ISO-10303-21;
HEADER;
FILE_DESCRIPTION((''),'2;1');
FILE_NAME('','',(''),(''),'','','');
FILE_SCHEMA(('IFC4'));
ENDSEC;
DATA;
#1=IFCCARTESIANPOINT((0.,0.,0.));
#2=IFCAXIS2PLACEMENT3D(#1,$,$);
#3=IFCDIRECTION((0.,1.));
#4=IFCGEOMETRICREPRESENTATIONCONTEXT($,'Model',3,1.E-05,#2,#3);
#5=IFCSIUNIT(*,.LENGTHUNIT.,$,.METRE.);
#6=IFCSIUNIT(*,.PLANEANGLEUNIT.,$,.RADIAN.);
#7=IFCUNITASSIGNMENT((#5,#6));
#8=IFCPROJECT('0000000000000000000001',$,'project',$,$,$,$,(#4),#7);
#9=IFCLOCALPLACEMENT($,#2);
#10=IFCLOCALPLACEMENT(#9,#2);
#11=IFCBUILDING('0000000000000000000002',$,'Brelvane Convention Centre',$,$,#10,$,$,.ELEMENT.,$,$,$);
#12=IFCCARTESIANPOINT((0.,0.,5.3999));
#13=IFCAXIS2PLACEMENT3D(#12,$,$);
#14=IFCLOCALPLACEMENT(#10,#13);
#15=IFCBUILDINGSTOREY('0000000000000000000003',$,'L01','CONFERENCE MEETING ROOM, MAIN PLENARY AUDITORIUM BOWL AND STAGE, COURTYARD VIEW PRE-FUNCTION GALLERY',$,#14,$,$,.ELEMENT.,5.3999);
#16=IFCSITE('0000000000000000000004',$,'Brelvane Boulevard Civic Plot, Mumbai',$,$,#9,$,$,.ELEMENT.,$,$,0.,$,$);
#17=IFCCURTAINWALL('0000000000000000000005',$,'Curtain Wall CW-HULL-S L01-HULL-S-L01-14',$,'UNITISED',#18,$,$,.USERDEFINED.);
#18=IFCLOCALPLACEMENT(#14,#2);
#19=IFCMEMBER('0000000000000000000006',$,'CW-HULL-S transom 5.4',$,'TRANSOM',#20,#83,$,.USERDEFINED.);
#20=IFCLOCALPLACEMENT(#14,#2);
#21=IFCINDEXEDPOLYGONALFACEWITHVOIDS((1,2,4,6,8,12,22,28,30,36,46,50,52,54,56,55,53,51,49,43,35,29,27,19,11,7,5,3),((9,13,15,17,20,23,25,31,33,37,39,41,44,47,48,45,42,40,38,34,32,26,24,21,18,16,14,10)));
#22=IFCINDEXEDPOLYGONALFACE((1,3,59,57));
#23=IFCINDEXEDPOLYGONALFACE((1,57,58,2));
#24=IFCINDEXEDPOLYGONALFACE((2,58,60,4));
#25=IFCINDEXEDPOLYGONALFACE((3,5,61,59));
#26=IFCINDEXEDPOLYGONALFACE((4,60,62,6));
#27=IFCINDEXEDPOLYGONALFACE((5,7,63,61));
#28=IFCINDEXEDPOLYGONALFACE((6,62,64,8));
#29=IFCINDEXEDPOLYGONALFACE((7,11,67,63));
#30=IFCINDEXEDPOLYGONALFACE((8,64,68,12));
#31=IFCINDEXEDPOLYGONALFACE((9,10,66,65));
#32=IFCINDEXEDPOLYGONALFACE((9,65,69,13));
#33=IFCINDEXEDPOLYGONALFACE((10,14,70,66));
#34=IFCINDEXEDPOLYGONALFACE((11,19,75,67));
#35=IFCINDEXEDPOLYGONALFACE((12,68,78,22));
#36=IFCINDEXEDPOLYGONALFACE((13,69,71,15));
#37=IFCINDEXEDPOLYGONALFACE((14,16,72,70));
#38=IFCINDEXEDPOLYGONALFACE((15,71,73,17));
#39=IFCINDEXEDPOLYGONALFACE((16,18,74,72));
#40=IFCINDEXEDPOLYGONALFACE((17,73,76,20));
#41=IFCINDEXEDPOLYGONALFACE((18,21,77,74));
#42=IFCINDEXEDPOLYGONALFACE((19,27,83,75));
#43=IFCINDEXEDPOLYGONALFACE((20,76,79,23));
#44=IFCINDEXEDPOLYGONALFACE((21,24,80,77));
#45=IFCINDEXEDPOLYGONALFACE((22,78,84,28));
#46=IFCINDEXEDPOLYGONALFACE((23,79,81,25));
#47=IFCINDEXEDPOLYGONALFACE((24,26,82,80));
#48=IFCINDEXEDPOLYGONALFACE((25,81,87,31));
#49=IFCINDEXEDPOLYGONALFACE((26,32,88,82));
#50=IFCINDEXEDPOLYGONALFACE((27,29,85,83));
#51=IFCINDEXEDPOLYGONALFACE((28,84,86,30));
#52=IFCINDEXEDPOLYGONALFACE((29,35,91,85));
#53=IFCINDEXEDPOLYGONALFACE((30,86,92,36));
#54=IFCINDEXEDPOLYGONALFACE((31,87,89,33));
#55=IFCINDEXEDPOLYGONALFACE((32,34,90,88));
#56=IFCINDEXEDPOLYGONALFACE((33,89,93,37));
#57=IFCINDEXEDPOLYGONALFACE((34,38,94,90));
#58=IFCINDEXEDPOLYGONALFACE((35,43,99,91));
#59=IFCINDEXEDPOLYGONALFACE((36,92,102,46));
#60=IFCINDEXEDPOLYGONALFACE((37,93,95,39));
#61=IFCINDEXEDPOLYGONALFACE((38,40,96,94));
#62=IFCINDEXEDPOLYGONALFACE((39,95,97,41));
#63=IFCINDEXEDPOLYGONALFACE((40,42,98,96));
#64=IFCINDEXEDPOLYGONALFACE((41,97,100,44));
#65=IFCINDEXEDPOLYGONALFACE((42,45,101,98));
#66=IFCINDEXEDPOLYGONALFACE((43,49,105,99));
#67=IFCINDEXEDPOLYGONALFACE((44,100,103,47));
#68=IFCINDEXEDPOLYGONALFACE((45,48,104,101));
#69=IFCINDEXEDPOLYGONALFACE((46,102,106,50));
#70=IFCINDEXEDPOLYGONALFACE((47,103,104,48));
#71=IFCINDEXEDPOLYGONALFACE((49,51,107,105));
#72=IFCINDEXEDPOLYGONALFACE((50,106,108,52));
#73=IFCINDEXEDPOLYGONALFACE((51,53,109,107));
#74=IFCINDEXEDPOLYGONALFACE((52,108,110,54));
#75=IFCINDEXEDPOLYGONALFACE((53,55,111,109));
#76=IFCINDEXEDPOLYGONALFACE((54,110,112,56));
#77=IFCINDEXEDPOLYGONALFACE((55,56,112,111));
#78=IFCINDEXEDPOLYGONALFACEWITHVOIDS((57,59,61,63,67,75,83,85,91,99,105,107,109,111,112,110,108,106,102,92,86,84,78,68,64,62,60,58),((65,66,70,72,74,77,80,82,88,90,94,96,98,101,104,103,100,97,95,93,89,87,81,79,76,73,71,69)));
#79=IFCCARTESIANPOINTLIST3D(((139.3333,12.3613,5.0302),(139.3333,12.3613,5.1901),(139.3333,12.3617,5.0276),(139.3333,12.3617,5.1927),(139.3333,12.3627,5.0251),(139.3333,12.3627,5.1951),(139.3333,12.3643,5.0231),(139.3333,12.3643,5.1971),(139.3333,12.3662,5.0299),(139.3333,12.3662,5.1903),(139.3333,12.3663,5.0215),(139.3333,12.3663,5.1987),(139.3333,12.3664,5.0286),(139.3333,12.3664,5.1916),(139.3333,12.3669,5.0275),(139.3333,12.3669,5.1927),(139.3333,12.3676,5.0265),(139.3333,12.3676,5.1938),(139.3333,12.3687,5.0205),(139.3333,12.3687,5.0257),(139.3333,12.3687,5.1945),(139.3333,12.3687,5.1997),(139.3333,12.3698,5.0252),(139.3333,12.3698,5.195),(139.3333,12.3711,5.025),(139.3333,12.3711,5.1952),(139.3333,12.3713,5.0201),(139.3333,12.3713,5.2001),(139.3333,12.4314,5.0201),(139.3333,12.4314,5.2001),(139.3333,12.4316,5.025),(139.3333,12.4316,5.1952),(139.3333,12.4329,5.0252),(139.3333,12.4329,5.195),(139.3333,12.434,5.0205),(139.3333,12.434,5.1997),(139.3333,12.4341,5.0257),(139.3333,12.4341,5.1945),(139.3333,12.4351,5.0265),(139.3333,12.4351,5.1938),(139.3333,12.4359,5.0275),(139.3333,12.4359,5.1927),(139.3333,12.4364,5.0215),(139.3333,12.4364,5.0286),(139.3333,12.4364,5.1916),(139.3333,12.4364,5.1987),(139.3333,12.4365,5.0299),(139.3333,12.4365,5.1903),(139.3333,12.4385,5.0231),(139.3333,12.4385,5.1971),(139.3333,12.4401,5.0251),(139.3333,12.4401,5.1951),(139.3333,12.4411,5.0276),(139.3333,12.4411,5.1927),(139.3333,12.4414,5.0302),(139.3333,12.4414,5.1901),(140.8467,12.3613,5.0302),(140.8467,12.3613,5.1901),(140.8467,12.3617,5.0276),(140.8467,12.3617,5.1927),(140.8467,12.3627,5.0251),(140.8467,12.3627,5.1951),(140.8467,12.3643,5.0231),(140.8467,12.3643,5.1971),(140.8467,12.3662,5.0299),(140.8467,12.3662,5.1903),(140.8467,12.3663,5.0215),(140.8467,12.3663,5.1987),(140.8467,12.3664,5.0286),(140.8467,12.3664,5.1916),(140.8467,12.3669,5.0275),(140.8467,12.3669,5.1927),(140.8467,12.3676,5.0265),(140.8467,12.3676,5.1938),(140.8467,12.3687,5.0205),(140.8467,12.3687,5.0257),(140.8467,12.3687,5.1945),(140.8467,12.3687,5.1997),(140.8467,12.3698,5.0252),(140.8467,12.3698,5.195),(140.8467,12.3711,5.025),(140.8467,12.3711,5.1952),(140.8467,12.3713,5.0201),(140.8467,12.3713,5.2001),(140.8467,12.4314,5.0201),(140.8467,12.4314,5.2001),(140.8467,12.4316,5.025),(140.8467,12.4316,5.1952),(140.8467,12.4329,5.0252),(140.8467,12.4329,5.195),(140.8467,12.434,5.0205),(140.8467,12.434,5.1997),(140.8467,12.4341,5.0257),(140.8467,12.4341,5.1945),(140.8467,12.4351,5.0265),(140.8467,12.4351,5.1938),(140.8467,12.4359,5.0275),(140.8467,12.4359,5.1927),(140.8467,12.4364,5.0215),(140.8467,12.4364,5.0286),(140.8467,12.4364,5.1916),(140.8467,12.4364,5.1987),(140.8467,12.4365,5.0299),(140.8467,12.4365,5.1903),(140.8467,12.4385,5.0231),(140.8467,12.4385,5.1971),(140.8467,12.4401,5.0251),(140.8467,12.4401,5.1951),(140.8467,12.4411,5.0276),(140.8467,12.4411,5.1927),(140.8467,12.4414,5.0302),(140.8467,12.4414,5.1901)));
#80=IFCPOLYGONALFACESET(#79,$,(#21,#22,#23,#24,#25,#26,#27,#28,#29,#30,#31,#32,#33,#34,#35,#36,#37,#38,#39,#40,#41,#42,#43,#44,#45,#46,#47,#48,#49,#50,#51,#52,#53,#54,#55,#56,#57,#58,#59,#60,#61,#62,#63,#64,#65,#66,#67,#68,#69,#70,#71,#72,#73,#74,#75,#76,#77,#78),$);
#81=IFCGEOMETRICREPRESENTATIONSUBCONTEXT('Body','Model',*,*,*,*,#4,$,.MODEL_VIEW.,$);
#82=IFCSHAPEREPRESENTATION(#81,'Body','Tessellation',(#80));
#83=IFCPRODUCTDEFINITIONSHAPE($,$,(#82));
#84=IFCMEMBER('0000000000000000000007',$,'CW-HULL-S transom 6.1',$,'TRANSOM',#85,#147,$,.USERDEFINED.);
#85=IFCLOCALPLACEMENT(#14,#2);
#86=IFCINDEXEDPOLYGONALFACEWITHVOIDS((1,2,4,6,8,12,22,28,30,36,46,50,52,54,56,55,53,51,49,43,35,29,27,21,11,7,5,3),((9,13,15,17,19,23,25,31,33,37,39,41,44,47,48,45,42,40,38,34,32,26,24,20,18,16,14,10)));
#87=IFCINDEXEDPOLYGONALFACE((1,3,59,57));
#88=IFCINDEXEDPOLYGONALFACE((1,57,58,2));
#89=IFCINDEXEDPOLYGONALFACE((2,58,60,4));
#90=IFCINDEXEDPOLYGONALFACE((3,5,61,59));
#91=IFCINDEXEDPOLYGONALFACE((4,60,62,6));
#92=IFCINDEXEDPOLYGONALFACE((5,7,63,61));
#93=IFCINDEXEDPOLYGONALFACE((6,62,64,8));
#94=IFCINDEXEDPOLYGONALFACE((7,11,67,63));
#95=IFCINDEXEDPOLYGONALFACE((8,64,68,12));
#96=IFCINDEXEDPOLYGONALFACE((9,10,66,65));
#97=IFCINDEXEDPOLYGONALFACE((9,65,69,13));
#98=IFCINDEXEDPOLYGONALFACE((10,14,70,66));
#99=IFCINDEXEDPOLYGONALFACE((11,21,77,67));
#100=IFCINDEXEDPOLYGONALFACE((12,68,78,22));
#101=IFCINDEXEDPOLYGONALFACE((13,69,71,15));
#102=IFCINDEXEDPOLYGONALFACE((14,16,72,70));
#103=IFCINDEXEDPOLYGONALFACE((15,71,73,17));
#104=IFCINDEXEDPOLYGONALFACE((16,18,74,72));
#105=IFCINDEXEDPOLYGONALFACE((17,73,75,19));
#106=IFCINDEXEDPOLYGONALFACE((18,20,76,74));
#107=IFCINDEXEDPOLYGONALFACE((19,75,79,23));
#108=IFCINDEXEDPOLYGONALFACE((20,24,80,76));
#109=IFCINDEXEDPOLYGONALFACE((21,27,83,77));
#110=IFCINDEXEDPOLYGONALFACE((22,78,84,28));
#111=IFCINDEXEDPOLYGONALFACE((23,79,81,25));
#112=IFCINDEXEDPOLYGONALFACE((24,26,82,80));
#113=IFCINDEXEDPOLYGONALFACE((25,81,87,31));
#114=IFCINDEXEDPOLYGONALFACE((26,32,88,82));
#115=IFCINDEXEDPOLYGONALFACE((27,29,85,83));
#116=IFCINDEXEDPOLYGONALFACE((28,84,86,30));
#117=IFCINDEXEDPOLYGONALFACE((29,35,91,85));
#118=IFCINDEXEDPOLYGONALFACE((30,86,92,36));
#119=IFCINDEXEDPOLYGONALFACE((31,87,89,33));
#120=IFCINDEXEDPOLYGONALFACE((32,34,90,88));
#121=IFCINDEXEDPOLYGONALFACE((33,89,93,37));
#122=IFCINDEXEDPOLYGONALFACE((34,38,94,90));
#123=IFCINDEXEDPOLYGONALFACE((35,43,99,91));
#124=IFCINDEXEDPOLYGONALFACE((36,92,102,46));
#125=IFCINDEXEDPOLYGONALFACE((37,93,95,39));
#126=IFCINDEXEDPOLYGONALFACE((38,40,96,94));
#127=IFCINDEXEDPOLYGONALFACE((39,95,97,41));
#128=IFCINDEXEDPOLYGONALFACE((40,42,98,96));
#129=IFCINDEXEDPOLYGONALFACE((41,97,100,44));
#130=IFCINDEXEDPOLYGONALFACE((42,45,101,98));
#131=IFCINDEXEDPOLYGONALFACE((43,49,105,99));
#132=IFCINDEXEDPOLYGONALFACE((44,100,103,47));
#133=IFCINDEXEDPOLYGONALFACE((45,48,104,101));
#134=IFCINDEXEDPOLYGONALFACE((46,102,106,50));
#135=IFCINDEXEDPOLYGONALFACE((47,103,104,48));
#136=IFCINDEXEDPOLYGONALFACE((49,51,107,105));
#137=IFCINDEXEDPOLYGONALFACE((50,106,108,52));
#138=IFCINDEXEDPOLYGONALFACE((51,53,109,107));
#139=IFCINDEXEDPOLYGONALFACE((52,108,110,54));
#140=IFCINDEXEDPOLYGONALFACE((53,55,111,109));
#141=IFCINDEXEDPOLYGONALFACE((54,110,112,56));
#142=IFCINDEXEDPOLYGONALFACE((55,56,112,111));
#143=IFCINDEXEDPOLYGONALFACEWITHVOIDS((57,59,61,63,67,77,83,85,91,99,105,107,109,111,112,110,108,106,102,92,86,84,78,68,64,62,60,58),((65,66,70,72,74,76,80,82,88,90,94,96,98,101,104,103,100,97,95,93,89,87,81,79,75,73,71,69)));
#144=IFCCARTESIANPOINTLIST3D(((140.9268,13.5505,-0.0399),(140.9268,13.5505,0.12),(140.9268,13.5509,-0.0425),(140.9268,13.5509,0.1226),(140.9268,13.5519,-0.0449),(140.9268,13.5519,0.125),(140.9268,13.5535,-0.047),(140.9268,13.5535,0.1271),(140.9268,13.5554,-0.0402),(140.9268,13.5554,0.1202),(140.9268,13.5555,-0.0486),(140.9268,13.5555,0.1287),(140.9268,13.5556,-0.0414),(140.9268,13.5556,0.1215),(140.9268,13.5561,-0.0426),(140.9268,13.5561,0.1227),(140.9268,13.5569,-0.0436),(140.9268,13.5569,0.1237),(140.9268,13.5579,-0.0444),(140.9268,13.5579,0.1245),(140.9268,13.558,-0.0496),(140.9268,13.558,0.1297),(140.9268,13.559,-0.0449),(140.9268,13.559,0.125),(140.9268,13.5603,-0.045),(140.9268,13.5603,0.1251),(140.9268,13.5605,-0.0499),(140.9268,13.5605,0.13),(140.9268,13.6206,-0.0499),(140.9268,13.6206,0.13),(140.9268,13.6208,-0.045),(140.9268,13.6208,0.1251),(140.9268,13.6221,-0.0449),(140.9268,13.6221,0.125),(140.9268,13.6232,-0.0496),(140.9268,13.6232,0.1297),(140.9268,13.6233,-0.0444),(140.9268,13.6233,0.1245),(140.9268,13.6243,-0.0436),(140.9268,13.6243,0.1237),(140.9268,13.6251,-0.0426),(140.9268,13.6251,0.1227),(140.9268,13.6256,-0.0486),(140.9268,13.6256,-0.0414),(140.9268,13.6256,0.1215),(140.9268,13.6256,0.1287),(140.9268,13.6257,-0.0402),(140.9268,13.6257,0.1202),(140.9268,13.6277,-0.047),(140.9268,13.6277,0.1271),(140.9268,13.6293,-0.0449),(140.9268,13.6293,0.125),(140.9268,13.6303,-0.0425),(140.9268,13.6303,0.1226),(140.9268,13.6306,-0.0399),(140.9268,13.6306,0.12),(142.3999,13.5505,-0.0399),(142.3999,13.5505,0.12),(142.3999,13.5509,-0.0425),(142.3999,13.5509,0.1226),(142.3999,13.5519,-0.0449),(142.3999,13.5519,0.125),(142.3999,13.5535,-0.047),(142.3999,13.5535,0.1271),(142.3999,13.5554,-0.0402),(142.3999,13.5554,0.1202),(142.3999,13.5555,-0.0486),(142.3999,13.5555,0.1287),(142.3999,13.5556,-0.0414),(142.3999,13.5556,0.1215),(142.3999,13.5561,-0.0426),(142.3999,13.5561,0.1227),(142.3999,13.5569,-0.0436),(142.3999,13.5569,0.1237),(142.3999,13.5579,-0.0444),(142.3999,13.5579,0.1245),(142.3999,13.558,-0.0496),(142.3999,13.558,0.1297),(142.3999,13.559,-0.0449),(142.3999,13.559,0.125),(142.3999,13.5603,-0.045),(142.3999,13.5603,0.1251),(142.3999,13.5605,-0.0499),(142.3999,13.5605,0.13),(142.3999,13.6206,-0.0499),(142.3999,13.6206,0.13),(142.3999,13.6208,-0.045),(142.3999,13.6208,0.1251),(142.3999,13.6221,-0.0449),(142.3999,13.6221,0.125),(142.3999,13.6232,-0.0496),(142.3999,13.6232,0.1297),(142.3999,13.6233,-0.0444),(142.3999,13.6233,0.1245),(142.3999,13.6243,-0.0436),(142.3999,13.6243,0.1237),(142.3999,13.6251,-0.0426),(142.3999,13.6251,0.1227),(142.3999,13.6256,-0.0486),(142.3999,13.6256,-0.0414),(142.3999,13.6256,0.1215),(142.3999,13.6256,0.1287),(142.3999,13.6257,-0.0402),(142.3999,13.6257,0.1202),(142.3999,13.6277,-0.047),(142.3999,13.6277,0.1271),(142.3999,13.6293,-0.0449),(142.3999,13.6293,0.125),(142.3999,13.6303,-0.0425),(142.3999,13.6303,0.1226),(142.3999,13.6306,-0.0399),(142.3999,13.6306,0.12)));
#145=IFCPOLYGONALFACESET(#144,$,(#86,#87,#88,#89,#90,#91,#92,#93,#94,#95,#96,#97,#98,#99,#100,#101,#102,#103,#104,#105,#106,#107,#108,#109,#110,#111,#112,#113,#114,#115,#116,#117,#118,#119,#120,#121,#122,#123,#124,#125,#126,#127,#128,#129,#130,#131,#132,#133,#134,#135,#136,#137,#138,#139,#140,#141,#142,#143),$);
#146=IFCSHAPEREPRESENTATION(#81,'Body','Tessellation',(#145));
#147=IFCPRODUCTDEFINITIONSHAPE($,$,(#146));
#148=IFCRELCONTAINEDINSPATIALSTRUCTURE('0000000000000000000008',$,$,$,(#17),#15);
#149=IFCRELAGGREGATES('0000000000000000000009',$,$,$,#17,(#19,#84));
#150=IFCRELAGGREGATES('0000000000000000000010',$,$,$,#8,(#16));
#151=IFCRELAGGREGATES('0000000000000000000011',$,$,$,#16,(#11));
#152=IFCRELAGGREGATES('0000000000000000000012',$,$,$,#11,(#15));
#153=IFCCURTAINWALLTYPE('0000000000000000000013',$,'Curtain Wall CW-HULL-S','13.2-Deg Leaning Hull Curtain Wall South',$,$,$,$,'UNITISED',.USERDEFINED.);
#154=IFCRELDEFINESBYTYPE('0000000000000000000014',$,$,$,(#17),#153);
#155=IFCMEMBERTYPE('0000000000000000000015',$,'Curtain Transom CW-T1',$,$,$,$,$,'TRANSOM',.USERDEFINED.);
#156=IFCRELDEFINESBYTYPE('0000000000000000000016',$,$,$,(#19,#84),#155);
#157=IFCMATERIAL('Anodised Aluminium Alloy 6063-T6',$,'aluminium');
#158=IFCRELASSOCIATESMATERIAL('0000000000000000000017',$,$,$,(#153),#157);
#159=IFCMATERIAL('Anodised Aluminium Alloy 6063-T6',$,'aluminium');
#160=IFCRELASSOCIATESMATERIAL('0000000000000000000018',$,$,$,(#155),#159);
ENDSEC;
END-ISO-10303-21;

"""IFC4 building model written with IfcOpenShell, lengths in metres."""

from ifc_helpers import new_model, si_unit, direction, frame, origin, origin_2d, place, context, subcontext, project, spatial, hollow_rectangle, extrude, material, material_profile, profile_set, type_object, element, aggregate, save


model = new_model("IFC4")

# Units and contexts
model_context = context("Model", 3, precision=1e-05, world=origin(), true_north=direction((0.0, 1.0)))
body_context = subcontext(model_context, "Body", "Model", "MODEL_VIEW")
ifc_project = project(units=[si_unit("LENGTHUNIT", "METRE"), si_unit("PLANEANGLEUNIT", "RADIAN")], contexts=[model_context])

# Site, building, storey
site_placement = place(None, origin())
site = spatial("IfcSite", under=ifc_project, at=site_placement, Name="Brelvane Boulevard Civic Plot, Mumbai", CompositionType="ELEMENT", RefElevation=0.0)
building_placement = place(site_placement, origin())
building = spatial("IfcBuilding", under=site, at=building_placement, Name="Brelvane Convention Centre", CompositionType="ELEMENT")
storey_placement = place(building_placement, frame((0.0, 0.0, 5.3999)))
storey = spatial("IfcBuildingStorey", under=building, at=storey_placement, Name="L01", Description="CONFERENCE MEETING ROOM, MAIN PLENARY AUDITORIUM BOWL AND STAGE, COURTYARD VIEW PRE-FUNCTION GALLERY", CompositionType="ELEMENT", Elevation=5.3999)

# Curtain wall, members
ifc_material_1 = material(Name="Anodised Aluminium Alloy 6063-T6", Category="aluminium")
curtain_wall_type = type_object("IfcCurtainWallType", Name="Curtain Wall CW-HULL-S", Description="13.2-Deg Leaning Hull Curtain Wall South", ElementType="UNITISED", PredefinedType="USERDEFINED", material=ifc_material_1)
curtain_wall_1_placement = place(storey_placement, origin())
curtain_wall_1 = element("IfcCurtainWall", 1, at=curtain_wall_1_placement, inside=storey, type_object=curtain_wall_type, Name="Curtain Wall CW-HULL-S L01-HULL-S-L01-14", ObjectType="UNITISED", PredefinedType="USERDEFINED")
ifc_material_2 = material(Name="Anodised Aluminium Alloy 6063-T6", Category="aluminium")
ifc_material_profile_1 = material_profile(ifc_material_2, hollow_rectangle(XDim=0.0801, YDim=0.1799, WallThickness=0.0049, InnerFilletRadius=0.0049, OuterFilletRadius=0.01, at=origin_2d()), Name="ALU-T 180x80x5.0")
ifc_profile_set_1 = profile_set([ifc_material_profile_1], Name="Anodised Aluminium Alloy 6063-T6")
member_type_1 = type_object("IfcMemberType", Name="Curtain Transom CW-T1", ElementType="TRANSOM", PredefinedType="USERDEFINED", material=ifc_profile_set_1)
member_1_placement = place(storey_placement, frame((139.3333, 12.4014, 5.1101), z_axis=(1.0, 0.0, 0.0), x_axis=(0.0, 1.0, 0.0)))
member_1 = element("IfcMember", 2, at=member_1_placement, type_object=member_type_1, Name="CW-HULL-S transom 5.4", ObjectType="TRANSOM", PredefinedType="USERDEFINED", context=body_context, shape_type="SweptSolid", body=[
    extrude(hollow_rectangle(XDim=0.0801, YDim=0.1799, WallThickness=0.0049, InnerFilletRadius=0.0049, OuterFilletRadius=0.01, at=origin_2d()), origin(), (0.0, 0.0, 1.0), 1.5134),
])
member_2_placement = place(storey_placement, frame((140.9268, 13.5906, 0.04), z_axis=(1.0, 0.0, 0.0), x_axis=(0.0, 1.0, 0.0)))
member_2 = element("IfcMember", 3, at=member_2_placement, type_object=member_type_1, Name="CW-HULL-S transom 6.1", ObjectType="TRANSOM", PredefinedType="USERDEFINED", context=body_context, shape_type="SweptSolid", body=[
    extrude(hollow_rectangle(XDim=0.0801, YDim=0.1799, WallThickness=0.0049, InnerFilletRadius=0.0049, OuterFilletRadius=0.01, at=origin_2d()), origin(), (0.0, 0.0, 1.0), 1.4731),
])

aggregate(curtain_wall_1, [member_1, member_2])

save(model, "model.ifc")
